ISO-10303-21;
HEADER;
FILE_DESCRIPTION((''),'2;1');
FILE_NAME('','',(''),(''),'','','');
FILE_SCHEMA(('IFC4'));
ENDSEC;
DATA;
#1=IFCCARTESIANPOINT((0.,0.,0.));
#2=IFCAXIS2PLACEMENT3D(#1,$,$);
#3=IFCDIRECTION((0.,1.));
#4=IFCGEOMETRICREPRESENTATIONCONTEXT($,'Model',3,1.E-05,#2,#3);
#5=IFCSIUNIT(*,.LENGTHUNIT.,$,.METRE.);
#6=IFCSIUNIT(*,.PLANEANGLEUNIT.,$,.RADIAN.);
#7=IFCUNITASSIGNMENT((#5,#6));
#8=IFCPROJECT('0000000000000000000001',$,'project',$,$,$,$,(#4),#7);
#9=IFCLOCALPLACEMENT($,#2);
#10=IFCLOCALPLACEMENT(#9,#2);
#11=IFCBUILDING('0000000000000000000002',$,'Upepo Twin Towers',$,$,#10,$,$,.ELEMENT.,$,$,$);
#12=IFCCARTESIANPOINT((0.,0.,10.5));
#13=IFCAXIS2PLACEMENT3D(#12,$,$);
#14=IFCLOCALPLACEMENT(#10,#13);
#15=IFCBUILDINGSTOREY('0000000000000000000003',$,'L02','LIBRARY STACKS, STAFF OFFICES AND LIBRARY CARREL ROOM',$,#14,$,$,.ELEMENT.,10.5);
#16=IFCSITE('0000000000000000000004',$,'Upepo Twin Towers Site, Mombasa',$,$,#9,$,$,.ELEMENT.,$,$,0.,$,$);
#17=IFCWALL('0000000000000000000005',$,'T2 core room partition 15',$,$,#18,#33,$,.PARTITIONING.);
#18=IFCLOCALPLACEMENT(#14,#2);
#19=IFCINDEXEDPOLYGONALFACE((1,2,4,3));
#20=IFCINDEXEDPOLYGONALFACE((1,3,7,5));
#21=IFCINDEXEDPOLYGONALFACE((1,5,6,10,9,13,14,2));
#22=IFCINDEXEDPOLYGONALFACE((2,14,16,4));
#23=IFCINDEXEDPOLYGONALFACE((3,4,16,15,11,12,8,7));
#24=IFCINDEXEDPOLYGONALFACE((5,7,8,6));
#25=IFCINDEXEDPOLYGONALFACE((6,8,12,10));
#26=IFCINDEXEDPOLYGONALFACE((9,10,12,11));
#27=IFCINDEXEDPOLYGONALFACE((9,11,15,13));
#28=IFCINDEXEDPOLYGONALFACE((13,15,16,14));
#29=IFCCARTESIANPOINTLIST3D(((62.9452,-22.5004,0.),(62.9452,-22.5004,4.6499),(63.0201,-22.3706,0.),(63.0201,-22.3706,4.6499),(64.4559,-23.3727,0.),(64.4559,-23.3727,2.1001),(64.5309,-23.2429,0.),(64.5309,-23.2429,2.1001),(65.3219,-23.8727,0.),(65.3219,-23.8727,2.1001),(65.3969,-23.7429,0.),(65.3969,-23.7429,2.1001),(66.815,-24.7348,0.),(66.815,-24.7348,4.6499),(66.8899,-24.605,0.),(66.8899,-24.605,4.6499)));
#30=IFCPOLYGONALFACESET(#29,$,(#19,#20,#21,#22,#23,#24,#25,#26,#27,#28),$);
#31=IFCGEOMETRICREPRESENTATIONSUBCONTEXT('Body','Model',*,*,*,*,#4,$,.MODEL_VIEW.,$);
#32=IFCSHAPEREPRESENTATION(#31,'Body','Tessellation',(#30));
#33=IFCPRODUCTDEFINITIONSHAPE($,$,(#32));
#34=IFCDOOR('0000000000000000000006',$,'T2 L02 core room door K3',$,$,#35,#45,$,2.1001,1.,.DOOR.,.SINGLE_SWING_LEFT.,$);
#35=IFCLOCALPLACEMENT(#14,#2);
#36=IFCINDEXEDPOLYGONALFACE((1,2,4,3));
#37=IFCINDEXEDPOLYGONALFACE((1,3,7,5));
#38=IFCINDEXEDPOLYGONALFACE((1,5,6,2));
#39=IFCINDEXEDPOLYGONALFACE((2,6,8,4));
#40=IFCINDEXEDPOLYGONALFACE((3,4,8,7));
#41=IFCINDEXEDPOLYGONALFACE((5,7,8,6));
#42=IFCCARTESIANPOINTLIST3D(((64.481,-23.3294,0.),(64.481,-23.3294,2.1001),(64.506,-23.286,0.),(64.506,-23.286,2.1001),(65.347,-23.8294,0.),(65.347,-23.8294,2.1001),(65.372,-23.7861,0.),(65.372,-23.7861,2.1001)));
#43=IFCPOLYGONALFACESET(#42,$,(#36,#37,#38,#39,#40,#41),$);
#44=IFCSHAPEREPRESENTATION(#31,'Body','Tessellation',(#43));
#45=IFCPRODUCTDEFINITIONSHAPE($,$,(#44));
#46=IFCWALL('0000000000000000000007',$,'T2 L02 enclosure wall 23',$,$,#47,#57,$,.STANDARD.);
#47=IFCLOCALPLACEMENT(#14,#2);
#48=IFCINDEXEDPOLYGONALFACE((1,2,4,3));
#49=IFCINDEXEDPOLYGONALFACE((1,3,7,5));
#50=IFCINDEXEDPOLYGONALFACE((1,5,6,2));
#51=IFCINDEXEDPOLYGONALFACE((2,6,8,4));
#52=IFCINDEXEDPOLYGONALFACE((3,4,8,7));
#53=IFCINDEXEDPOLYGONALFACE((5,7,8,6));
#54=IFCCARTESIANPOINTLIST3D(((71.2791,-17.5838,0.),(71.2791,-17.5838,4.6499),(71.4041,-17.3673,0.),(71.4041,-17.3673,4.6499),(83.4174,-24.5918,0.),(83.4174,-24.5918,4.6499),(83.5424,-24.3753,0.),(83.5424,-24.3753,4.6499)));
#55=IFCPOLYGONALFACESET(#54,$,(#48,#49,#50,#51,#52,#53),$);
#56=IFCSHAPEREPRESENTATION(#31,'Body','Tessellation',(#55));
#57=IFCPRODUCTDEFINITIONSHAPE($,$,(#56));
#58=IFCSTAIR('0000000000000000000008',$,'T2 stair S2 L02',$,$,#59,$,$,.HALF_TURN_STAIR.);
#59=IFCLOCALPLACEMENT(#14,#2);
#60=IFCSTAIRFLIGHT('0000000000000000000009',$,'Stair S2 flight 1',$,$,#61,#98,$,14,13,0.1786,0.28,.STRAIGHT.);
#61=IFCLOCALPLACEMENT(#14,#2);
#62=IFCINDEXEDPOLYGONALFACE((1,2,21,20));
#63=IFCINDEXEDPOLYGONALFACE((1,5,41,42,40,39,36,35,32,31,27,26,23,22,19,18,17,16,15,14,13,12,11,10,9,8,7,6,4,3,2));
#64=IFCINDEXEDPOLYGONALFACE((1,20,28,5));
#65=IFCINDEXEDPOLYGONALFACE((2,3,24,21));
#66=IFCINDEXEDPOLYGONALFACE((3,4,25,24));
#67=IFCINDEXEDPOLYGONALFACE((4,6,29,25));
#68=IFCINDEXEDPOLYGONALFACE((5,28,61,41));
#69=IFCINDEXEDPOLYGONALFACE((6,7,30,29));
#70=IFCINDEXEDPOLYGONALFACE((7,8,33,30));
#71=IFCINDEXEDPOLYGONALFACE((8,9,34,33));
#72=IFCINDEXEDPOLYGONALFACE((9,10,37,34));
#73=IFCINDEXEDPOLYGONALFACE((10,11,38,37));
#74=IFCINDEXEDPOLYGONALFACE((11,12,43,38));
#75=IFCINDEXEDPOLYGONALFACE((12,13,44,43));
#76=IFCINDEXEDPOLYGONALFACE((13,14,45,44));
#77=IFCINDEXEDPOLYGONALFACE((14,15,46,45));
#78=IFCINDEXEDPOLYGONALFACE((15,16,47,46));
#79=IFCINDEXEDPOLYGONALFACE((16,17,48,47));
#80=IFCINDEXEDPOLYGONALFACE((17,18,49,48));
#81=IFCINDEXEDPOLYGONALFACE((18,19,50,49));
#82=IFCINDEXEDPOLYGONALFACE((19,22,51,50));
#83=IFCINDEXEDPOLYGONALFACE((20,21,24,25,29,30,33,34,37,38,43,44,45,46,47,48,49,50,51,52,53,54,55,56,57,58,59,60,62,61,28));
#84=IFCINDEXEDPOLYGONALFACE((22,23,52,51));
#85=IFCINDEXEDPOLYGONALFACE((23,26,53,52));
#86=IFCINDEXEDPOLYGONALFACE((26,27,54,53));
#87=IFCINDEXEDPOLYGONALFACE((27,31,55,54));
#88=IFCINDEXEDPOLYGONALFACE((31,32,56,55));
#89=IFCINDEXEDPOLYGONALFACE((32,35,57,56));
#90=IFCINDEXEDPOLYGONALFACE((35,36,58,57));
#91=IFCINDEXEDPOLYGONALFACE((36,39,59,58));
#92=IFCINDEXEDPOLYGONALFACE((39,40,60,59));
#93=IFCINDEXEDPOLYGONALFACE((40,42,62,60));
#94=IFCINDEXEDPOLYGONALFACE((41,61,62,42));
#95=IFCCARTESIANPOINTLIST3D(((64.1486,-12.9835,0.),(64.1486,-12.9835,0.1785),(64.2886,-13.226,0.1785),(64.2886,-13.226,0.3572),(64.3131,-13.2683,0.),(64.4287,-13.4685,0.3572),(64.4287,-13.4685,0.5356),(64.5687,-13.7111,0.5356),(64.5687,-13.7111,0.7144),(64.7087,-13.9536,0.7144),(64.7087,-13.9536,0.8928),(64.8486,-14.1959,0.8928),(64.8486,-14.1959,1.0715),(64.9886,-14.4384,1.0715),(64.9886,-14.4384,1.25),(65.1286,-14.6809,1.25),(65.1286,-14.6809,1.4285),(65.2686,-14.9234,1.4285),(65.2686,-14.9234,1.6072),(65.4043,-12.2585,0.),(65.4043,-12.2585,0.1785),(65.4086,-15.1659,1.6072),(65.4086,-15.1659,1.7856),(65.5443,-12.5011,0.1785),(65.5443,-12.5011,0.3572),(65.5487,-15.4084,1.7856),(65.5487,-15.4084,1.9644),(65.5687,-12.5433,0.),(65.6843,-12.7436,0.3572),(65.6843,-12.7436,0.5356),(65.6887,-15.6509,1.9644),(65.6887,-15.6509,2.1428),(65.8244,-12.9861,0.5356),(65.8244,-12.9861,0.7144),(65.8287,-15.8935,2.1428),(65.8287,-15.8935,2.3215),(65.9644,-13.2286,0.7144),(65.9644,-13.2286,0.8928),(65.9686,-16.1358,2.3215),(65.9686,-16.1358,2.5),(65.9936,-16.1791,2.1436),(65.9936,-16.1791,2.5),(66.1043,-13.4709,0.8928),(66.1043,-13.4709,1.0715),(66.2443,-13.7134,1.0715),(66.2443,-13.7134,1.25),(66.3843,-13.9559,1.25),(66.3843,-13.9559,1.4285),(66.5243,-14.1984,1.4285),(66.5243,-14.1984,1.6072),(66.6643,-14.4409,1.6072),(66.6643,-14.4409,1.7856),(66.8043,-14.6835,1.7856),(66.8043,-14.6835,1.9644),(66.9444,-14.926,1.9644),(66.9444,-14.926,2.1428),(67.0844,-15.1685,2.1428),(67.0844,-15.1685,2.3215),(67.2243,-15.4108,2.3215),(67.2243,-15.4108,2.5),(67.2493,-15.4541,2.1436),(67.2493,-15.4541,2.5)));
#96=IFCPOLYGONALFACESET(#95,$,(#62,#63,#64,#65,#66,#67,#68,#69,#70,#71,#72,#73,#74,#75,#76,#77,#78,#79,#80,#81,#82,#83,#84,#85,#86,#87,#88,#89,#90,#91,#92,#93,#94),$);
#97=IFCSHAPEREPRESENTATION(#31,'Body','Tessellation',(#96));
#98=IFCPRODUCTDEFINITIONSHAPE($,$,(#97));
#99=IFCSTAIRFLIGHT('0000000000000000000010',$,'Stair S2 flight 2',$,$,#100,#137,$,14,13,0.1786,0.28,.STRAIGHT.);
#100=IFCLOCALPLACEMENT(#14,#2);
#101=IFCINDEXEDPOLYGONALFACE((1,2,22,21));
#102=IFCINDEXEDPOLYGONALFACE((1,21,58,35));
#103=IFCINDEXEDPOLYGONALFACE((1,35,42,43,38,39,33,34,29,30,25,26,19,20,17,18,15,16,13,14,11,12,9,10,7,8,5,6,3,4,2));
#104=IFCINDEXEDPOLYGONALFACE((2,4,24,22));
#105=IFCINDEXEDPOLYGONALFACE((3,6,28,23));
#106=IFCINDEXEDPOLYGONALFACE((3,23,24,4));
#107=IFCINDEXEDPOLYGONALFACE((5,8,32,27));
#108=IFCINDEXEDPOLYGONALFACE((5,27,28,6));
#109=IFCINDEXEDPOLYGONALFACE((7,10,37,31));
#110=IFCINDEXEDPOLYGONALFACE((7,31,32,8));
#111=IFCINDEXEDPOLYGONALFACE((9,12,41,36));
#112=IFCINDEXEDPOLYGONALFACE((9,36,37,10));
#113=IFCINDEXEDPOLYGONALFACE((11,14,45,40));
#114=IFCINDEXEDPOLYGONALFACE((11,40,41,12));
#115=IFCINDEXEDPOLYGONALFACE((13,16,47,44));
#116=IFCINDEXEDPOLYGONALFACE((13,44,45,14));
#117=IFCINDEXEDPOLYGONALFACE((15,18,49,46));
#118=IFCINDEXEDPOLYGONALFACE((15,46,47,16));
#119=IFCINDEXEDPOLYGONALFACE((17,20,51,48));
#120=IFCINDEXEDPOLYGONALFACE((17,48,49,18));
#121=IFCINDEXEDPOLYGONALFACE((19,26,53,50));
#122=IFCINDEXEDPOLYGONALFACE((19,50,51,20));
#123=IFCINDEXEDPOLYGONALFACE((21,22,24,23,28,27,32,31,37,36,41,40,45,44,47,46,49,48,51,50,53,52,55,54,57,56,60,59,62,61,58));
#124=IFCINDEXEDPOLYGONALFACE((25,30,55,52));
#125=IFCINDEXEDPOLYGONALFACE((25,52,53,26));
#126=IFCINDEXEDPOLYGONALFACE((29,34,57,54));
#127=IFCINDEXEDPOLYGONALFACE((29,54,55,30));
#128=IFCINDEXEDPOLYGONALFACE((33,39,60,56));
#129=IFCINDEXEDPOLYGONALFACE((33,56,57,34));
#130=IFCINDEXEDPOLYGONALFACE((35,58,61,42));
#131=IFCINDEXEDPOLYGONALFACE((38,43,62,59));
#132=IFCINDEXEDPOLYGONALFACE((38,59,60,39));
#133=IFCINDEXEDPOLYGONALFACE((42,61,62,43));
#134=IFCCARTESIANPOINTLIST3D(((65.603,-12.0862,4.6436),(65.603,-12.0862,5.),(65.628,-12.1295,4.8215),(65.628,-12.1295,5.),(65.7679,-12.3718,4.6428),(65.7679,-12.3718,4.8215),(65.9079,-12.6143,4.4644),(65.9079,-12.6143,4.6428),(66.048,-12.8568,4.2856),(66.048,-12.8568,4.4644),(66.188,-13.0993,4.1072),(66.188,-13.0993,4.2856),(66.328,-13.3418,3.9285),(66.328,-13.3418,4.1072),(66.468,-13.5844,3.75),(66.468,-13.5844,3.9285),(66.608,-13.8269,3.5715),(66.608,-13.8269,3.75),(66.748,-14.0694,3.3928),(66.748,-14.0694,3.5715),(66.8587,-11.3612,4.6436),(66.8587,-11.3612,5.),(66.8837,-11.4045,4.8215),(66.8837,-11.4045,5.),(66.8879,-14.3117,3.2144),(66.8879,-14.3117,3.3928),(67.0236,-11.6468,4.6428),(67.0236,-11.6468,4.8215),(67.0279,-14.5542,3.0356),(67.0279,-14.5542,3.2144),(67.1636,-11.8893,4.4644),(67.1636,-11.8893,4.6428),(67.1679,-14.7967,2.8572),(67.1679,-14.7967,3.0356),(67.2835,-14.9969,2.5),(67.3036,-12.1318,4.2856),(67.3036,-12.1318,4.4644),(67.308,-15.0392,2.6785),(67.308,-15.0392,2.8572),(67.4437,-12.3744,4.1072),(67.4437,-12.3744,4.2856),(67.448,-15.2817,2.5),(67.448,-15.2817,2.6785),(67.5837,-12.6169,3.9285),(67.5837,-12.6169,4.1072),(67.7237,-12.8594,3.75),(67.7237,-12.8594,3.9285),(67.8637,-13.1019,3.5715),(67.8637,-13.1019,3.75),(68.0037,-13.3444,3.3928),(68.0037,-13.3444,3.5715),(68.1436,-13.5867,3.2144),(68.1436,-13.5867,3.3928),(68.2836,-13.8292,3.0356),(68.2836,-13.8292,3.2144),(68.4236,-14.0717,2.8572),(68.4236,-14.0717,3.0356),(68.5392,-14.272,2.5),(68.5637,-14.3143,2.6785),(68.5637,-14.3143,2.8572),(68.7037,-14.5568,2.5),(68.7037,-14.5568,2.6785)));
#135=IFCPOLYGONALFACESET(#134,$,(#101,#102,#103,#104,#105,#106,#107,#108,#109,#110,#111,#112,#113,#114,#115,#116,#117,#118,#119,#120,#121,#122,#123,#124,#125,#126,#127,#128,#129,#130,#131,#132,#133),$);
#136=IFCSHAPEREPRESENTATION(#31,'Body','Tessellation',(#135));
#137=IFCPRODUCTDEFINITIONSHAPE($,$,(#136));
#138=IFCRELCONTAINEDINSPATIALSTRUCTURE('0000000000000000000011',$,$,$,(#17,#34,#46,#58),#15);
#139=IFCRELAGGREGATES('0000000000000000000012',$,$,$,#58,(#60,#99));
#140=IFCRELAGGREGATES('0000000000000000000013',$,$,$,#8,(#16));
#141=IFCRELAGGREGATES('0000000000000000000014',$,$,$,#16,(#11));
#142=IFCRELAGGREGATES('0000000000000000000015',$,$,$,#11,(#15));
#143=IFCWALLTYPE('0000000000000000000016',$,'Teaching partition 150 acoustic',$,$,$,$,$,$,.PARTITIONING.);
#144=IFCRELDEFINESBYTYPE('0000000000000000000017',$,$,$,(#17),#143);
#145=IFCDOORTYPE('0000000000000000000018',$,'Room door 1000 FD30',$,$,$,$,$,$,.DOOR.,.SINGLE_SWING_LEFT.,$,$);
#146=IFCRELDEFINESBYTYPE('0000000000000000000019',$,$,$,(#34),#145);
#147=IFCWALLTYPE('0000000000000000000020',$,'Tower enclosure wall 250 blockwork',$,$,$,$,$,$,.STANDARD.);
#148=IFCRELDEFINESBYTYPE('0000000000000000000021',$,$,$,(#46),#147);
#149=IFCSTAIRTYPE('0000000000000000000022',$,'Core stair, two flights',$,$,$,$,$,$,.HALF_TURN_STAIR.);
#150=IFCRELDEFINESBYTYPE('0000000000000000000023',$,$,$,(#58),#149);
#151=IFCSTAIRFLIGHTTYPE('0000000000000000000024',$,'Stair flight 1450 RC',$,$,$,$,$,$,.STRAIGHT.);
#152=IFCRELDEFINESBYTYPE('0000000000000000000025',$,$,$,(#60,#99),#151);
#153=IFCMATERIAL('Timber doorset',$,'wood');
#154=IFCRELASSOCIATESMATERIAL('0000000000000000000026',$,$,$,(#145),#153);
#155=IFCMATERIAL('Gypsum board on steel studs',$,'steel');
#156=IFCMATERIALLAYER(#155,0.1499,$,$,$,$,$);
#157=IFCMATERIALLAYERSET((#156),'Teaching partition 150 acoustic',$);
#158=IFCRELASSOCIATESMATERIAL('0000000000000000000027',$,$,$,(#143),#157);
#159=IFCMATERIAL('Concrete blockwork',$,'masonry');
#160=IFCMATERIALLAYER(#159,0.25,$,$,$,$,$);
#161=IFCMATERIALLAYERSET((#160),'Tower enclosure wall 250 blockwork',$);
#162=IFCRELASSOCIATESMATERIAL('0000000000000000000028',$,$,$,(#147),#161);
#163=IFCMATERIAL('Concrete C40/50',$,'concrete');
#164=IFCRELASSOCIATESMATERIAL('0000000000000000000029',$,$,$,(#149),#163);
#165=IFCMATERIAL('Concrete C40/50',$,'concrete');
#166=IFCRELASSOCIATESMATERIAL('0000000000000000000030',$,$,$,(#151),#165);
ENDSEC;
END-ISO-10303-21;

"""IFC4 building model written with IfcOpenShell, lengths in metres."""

from ifc_helpers import new_model, si_unit, direction, frame, frame_2d, origin, place, context, subcontext, project, spatial, polyline, rectangle, outline, extrude, material, layer, layer_set, type_object, element, fill, aggregate, save


model = new_model("IFC4")

# Units and contexts
model_context = context("Model", 3, precision=1e-05, world=origin(), true_north=direction((0.0, 1.0)))
body_context = subcontext(model_context, "Body", "Model", "MODEL_VIEW")
ifc_project = project(units=[si_unit("LENGTHUNIT", "METRE"), si_unit("PLANEANGLEUNIT", "RADIAN")], contexts=[model_context])

# Site, building, storey
site_placement = place(None, origin())
site = spatial("IfcSite", under=ifc_project, at=site_placement, Name="Upepo Twin Towers Site, Mombasa", CompositionType="ELEMENT", RefElevation=0.0)
building_placement = place(site_placement, origin())
building = spatial("IfcBuilding", under=site, at=building_placement, Name="Upepo Twin Towers", CompositionType="ELEMENT")
storey_placement = place(building_placement, frame((0.0, 0.0, 10.5)))
storey = spatial("IfcBuildingStorey", under=building, at=storey_placement, Name="L02", Description="LIBRARY STACKS, STAFF OFFICES AND LIBRARY CARREL ROOM", CompositionType="ELEMENT", Elevation=10.5)

# Shared definitions
ifc_material_1 = material(Name="Timber doorset", Category="wood")
door_type_1 = type_object("IfcDoorType", Name="Room door 1000 FD30", OperationType="SINGLE_SWING_LEFT", PredefinedType="DOOR", material=ifc_material_1)

# Shared definitions
ifc_material_2 = material(Name="Gypsum board on steel studs", Category="steel")
ifc_layer_1 = layer(ifc_material_2, 0.1499)
ifc_layer_set_1 = layer_set([ifc_layer_1], Name="Teaching partition 150 acoustic")
wall_type_1 = type_object("IfcWallType", Name="Teaching partition 150 acoustic", PredefinedType="PARTITIONING", material=ifc_layer_set_1)

# Wall, opening, door
wall_1_placement = place(storey_placement, frame((66.8525, -24.6699, 0.0), z_axis=(0.0, 0.0, 1.0), x_axis=(-0.866015, 0.500017, 0.0)))
wall_1 = element("IfcWall", 1, at=wall_1_placement, inside=storey, type_object=wall_type_1, Name="T2 core room partition 15", PredefinedType="PARTITIONING", context=body_context, shape_type="SweptSolid", body=[
    extrude(rectangle(XDim=4.4685, YDim=0.1499, at=frame_2d((2.2344, 0.0))), origin(), (0.0, 0.0, 1.0), 4.6499),
])
opening_1_placement = place(wall_1_placement, frame((1.7241, 0.0, 0.0)))
opening_1 = element("IfcOpeningElement", 2, at=opening_1_placement, cuts=wall_1, PredefinedType="OPENING", context=body_context, shape_type="SweptSolid", body=[
    extrude(rectangle(XDim=1.0, YDim=2.1001, at=frame_2d((0.5, 1.05))), frame((0.0, 0.085, 0.0), z_axis=(0.0, -1.0, 0.0), x_axis=(1.0, 0.0, 0.0)), (0.0, 0.0, 1.0), 0.1699),
])
door_1_placement = place(opening_1_placement, origin())
door_1 = element("IfcDoor", 3, at=door_1_placement, inside=storey, type_object=door_type_1, Name="T2 L02 core room door K3", OperationType="SINGLE_SWING_LEFT", OverallHeight=2.1001, OverallWidth=1.0, PredefinedType="DOOR", context=body_context, shape_type="SweptSolid", body=[
    extrude(rectangle(XDim=1.0, YDim=2.1001, at=frame_2d((0.5, 1.05))), frame((0.0, 0.0249, 0.0), z_axis=(0.0, -1.0, 0.0), x_axis=(1.0, 0.0, 0.0)), (0.0, 0.0, 1.0), 0.05),
])
fill(opening_1, door_1)

# Wall
ifc_material_3 = material(Name="Concrete blockwork", Category="masonry")
ifc_layer_2 = layer(ifc_material_3, 0.25)
ifc_layer_set_2 = layer_set([ifc_layer_2], Name="Tower enclosure wall 250 blockwork")
wall_type_2 = type_object("IfcWallType", Name="Tower enclosure wall 250 blockwork", PredefinedType="STANDARD", material=ifc_layer_set_2)
wall_2_placement = place(storey_placement, frame((71.3416, -17.4756, 0.0), z_axis=(0.0, 0.0, 1.0), x_axis=(0.866028, -0.499996, 0.0)))
element("IfcWall", 4, at=wall_2_placement, inside=storey, type_object=wall_type_2, Name="T2 L02 enclosure wall 23", PredefinedType="STANDARD", context=body_context, shape_type="SweptSolid", body=[
    extrude(rectangle(XDim=14.0161, YDim=0.25, at=frame_2d((7.0081, 0.0))), origin(), (0.0, 0.0, 1.0), 4.6499),
])

# Stair, stair flights
ifc_material_4 = material(Name="Concrete C40/50", Category="concrete")
stair_type = type_object("IfcStairType", Name="Core stair, two flights", PredefinedType="HALF_TURN_STAIR", material=ifc_material_4)
stair_placement = place(storey_placement, origin())
stair = element("IfcStair", 5, at=stair_placement, inside=storey, type_object=stair_type, Name="T2 stair S2 L02", PredefinedType="HALF_TURN_STAIR")
ifc_material_5 = material(Name="Concrete C40/50", Category="concrete")
stair_flight_type = type_object("IfcStairFlightType", Name="Stair flight 1450 RC", PredefinedType="STRAIGHT", material=ifc_material_5)
stair_flight_1_placement = place(storey_placement, frame((64.7764, -12.6211, 0.0), z_axis=(0.0, 0.0, 1.0), x_axis=(0.5, -0.866025, 0.0)))
stair_flight_1 = element("IfcStairFlight", 6, at=stair_flight_1_placement, type_object=stair_flight_type, Name="Stair S2 flight 1", NumberOfRisers=14, NumberOfTreads=13, PredefinedType="STRAIGHT", RiserHeight=0.1786, TreadLength=0.28, context=body_context, shape_type="SweptSolid", body=[
    extrude(outline(polyline([(0.0, 0.0), (0.0, 0.1785), (0.28, 0.1785), (0.28, 0.3572), (0.5601, 0.3572), (0.5601, 0.5356), (0.8401, 0.5356), (0.8401, 0.7144), (1.1201, 0.7144), (1.1201, 0.8928), (1.3999, 0.8928), (1.3999, 1.0715), (1.6799, 1.0715), (1.6799, 1.25), (1.96, 1.25), (1.96, 1.4285), (2.24, 1.4285), (2.24, 1.6072), (2.52, 1.6072), (2.52, 1.7856), (2.8, 1.7856), (2.8, 1.9644), (3.0801, 1.9644), (3.0801, 2.1428), (3.3601, 2.1428), (3.3601, 2.3215), (3.6399, 2.3215), (3.6399, 2.5), (3.6899, 2.5), (3.6899, 2.1436), (0.3289, 0.0), (0.0, 0.0)])), frame((0.0, 0.7251, 0.0), z_axis=(0.0, -1.0, 0.0), x_axis=(1.0, 0.0, 0.0)), (0.0, 0.0, 1.0), 1.45),
])
stair_flight_2_placement = place(storey_placement, frame((68.0759, -14.9192, 2.5), z_axis=(0.0, 0.0, 1.0), x_axis=(-0.5, 0.866025, 0.0)))
stair_flight_2 = element("IfcStairFlight", 7, at=stair_flight_2_placement, type_object=stair_flight_type, Name="Stair S2 flight 2", NumberOfRisers=14, NumberOfTreads=13, PredefinedType="STRAIGHT", RiserHeight=0.1786, TreadLength=0.28, context=body_context, shape_type="SweptSolid", body=[
    extrude(outline(polyline([(0.0, 0.0), (0.0, 0.1785), (0.28, 0.1785), (0.28, 0.3572), (0.5601, 0.3572), (0.5601, 0.5356), (0.8401, 0.5356), (0.8401, 0.7144), (1.1201, 0.7144), (1.1201, 0.8928), (1.3999, 0.8928), (1.3999, 1.0715), (1.6799, 1.0715), (1.6799, 1.25), (1.96, 1.25), (1.96, 1.4285), (2.24, 1.4285), (2.24, 1.6072), (2.52, 1.6072), (2.52, 1.7856), (2.8, 1.7856), (2.8, 1.9644), (3.0801, 1.9644), (3.0801, 2.1428), (3.3601, 2.1428), (3.3601, 2.3215), (3.6399, 2.3215), (3.6399, 2.5), (3.6899, 2.5), (3.6899, 2.1436), (0.3289, 0.0), (0.0, 0.0)])), frame((0.0, 0.7251, 0.0), z_axis=(0.0, -1.0, 0.0), x_axis=(1.0, 0.0, 0.0)), (0.0, 0.0, 1.0), 1.45),
])
aggregate(stair, [stair_flight_1, stair_flight_2])

save(model, "model.ifc")
